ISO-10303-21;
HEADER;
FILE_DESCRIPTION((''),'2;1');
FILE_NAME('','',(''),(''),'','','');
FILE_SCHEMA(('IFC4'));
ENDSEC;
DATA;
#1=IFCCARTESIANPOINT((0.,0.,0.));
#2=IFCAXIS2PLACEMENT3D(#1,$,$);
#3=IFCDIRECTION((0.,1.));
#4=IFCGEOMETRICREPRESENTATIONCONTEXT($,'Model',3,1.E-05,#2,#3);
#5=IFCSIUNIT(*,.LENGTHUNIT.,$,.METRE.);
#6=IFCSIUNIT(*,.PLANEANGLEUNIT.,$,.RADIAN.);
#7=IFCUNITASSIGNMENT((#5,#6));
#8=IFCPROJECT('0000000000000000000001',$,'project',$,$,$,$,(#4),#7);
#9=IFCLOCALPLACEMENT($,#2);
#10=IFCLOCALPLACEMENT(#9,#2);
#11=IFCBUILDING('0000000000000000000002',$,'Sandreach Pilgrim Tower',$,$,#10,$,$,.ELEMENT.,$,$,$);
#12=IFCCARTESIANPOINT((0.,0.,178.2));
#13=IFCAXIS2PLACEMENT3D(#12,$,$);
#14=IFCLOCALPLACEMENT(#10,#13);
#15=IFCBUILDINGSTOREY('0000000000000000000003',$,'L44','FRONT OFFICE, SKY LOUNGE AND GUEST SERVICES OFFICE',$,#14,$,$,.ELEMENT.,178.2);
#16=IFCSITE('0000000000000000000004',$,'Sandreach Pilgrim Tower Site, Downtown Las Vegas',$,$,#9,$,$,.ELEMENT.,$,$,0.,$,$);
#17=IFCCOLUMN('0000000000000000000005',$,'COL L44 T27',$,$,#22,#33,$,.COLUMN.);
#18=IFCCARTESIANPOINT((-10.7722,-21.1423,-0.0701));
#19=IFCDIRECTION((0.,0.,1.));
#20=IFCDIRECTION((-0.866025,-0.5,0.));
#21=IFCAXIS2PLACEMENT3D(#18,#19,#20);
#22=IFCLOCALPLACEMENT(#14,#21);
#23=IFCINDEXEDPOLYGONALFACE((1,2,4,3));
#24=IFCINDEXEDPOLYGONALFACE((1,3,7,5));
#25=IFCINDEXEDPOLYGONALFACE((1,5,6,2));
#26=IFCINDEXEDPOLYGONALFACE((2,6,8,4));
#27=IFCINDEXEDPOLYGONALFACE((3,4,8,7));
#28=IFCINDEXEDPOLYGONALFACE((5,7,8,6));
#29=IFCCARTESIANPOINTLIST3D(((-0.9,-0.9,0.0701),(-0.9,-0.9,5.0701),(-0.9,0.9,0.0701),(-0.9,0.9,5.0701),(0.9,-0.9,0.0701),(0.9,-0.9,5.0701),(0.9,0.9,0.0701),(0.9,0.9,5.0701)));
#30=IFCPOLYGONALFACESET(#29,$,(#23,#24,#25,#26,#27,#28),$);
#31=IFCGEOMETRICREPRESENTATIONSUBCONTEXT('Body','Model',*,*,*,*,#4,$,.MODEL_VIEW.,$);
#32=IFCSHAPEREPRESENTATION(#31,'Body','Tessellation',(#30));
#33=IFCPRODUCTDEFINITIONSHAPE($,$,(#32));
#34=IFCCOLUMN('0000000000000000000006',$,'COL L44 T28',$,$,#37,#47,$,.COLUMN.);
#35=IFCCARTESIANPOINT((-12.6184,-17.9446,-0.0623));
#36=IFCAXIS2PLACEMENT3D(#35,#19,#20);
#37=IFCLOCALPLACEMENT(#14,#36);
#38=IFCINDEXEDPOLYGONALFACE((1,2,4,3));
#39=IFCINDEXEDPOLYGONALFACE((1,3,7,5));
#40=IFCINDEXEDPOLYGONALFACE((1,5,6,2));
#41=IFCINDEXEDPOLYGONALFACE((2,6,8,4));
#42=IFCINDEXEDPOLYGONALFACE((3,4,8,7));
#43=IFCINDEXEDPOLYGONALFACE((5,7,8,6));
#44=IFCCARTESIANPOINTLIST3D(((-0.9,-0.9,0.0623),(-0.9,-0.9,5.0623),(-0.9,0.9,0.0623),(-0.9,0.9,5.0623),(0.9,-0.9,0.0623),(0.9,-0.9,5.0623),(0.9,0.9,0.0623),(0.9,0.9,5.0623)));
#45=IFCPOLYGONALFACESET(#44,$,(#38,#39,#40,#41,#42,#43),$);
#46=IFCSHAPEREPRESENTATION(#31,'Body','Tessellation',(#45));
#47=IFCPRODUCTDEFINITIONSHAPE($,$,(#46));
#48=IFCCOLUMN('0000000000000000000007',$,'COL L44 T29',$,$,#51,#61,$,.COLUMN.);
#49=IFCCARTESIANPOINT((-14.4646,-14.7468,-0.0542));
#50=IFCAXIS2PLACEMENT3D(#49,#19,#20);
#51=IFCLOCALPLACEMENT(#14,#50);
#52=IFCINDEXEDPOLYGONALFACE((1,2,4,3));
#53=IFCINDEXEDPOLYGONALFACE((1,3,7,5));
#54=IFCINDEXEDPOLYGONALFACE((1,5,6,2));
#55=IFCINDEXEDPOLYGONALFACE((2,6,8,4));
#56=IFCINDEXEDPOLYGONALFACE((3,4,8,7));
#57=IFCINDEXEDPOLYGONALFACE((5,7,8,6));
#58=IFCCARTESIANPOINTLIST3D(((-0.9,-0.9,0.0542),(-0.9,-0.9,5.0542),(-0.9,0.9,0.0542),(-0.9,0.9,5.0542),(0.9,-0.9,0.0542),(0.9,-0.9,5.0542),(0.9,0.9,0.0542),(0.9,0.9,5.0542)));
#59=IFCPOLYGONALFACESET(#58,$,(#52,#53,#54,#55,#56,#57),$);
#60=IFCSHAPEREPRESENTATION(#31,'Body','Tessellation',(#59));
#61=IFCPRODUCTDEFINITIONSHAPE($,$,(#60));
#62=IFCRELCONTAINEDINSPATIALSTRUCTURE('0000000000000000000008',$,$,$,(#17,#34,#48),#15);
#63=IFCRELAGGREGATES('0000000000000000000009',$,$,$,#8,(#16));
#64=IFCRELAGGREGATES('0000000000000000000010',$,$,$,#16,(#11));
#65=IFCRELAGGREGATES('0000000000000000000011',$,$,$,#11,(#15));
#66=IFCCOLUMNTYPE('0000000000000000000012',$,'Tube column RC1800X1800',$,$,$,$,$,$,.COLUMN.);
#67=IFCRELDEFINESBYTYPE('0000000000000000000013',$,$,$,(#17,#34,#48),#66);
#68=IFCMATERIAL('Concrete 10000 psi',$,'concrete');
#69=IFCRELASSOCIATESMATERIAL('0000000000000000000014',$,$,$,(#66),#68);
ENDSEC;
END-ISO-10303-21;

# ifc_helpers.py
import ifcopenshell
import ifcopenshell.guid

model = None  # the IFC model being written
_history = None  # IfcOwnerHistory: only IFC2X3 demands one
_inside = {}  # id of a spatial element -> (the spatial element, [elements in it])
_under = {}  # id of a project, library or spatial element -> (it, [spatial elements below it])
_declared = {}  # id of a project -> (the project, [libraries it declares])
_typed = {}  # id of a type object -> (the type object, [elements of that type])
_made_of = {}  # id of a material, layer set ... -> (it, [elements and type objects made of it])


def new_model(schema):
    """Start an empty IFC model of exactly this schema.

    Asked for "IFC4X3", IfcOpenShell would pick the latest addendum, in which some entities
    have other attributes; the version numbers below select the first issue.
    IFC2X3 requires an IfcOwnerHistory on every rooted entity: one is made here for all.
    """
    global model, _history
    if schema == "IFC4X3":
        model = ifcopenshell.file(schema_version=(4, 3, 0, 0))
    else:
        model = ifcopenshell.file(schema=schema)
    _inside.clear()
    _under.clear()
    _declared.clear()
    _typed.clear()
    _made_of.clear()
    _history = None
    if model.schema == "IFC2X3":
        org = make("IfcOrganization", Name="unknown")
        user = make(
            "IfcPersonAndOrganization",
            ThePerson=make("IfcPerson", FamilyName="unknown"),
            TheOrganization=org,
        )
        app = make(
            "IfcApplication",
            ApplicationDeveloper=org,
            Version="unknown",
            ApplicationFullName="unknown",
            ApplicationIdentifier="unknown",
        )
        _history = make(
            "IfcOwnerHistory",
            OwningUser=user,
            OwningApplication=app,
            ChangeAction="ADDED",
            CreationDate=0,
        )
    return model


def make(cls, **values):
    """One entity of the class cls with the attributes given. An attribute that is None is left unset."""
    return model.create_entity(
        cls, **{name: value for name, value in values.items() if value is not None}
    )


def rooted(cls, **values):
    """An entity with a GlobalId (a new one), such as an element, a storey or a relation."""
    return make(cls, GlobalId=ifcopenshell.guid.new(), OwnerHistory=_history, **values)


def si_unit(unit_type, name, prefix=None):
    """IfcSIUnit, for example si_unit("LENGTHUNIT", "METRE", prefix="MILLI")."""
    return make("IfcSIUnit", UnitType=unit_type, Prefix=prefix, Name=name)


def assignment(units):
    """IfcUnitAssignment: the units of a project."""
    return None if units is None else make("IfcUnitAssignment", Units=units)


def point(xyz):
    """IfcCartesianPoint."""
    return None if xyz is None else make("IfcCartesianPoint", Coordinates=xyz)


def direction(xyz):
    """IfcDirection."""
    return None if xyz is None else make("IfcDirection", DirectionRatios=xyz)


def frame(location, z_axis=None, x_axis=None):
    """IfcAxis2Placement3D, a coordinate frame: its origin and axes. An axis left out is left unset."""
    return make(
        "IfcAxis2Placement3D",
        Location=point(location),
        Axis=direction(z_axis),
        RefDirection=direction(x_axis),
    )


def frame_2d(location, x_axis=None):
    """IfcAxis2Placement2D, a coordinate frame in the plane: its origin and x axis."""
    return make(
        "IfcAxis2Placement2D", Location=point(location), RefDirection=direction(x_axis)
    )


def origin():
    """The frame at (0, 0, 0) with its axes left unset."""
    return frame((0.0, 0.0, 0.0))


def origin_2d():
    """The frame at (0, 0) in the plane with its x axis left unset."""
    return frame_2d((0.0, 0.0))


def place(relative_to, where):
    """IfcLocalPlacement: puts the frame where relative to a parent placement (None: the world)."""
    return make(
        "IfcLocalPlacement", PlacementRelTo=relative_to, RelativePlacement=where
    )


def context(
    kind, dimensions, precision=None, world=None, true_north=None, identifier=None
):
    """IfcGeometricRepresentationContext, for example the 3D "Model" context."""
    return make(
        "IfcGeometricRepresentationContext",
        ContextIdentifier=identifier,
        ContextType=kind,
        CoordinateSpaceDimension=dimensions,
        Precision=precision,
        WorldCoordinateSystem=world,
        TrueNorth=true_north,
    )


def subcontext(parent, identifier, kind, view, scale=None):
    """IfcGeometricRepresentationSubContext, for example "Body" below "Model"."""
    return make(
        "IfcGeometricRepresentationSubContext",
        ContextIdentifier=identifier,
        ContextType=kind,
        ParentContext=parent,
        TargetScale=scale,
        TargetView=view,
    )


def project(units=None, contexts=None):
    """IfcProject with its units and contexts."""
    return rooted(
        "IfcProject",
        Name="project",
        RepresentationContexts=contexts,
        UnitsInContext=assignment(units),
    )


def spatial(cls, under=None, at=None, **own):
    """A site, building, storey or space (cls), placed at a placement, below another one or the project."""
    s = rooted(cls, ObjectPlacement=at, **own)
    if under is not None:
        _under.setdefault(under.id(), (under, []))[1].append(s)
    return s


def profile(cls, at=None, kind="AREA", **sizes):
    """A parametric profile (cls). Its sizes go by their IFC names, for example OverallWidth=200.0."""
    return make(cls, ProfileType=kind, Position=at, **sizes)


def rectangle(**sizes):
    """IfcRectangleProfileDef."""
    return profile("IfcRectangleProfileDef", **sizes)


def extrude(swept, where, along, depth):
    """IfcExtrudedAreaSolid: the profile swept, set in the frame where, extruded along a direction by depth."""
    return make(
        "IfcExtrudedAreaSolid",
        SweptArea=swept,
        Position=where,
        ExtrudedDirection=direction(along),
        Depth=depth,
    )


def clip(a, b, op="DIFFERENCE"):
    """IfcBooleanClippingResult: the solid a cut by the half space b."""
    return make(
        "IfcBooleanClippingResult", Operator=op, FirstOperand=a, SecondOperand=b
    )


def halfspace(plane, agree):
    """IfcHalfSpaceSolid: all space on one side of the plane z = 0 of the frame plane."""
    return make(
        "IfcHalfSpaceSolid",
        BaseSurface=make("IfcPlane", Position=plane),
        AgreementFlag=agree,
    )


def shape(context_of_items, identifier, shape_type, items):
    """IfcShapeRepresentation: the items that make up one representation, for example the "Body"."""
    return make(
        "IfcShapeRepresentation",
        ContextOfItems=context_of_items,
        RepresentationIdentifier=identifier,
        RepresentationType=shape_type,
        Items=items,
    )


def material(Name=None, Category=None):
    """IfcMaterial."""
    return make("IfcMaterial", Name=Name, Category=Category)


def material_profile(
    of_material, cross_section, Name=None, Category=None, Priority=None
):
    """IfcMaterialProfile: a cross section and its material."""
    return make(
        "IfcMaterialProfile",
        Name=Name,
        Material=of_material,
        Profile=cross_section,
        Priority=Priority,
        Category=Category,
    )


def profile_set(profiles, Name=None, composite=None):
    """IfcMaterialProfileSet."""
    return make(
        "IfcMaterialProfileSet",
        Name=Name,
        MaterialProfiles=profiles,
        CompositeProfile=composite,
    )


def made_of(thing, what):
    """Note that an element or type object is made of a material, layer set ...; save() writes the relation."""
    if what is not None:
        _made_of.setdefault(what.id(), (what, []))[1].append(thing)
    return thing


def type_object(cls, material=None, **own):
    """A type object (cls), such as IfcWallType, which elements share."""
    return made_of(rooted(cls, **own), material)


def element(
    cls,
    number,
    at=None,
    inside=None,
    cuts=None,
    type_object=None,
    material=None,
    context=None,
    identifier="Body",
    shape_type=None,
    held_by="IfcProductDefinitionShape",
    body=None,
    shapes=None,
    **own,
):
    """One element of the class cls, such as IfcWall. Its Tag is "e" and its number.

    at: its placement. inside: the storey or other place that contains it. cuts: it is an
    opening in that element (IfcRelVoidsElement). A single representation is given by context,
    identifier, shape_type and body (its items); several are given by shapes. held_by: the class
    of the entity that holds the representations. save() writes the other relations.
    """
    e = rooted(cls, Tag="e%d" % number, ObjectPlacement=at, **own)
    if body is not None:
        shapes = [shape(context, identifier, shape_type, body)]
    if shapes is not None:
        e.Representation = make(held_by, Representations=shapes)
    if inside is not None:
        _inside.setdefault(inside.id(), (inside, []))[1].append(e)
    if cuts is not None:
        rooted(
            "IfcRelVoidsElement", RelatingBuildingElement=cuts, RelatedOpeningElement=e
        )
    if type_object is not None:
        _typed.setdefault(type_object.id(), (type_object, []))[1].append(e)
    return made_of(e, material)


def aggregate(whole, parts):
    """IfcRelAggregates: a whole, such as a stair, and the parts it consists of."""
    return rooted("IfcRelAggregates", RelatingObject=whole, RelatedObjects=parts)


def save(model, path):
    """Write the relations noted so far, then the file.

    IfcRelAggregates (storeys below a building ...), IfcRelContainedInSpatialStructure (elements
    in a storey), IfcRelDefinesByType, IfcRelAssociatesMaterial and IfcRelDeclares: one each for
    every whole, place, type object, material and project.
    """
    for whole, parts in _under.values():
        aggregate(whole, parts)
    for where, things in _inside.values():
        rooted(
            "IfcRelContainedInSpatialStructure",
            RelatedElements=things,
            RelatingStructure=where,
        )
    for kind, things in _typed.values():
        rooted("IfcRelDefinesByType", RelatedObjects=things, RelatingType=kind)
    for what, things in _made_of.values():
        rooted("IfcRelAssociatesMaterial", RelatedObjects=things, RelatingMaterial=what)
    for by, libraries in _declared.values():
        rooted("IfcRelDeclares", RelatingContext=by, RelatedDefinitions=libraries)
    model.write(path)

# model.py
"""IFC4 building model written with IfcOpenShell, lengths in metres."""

from ifc_helpers import new_model, si_unit, direction, frame, origin, origin_2d, place, context, subcontext, project, spatial, rectangle, extrude, clip, halfspace, material, material_profile, profile_set, type_object, element, save


model = new_model("IFC4")

# Units and contexts
model_context = context("Model", 3, precision=1e-05, world=origin(), true_north=direction((0.0, 1.0)))
body_context = subcontext(model_context, "Body", "Model", "MODEL_VIEW")
ifc_project = project(units=[si_unit("LENGTHUNIT", "METRE"), si_unit("PLANEANGLEUNIT", "RADIAN")], contexts=[model_context])

# Site, building, storey
site_placement = place(None, origin())
site = spatial("IfcSite", under=ifc_project, at=site_placement, Name="Sandreach Pilgrim Tower Site, Downtown Las Vegas", CompositionType="ELEMENT", RefElevation=0.0)
building_placement = place(site_placement, origin())
building = spatial("IfcBuilding", under=site, at=building_placement, Name="Sandreach Pilgrim Tower", CompositionType="ELEMENT")
storey_placement = place(building_placement, frame((0.0, 0.0, 178.2)))
storey = spatial("IfcBuildingStorey", under=building, at=storey_placement, Name="L44", Description="FRONT OFFICE, SKY LOUNGE AND GUEST SERVICES OFFICE", CompositionType="ELEMENT", Elevation=178.2)

# Columns
ifc_material_1 = material(Name="Concrete 10000 psi", Category="concrete")
ifc_material_profile_1 = material_profile(ifc_material_1, rectangle(XDim=1.8, YDim=1.8, at=origin_2d()), Name="RC1800X1800")
ifc_profile_set_1 = profile_set([ifc_material_profile_1], Name="Concrete 10000 psi")
column_type = type_object("IfcColumnType", Name="Tube column RC1800X1800", PredefinedType="COLUMN", material=ifc_profile_set_1)
column_1_placement = place(storey_placement, frame((-10.7722, -21.1423, -0.0701), z_axis=(0.0, 0.0, 1.0), x_axis=(-0.866025, -0.5, 0.0)))
element("IfcColumn", 1, at=column_1_placement, inside=storey, type_object=column_type, Name="COL L44 T27", PredefinedType="COLUMN", context=body_context, shape_type="SweptSolid", body=[
    clip(extrude(rectangle(XDim=1.8, YDim=1.8, at=origin_2d()), origin(), (0.0, 0.0, 1.0), 5.0701), halfspace(frame((0.0, 0.0, 0.0701)), True)),
])
column_2_placement = place(storey_placement, frame((-12.6184, -17.9446, -0.0623), z_axis=(0.0, 0.0, 1.0), x_axis=(-0.866025, -0.5, 0.0)))
element("IfcColumn", 2, at=column_2_placement, inside=storey, type_object=column_type, Name="COL L44 T28", PredefinedType="COLUMN", context=body_context, shape_type="SweptSolid", body=[
    clip(extrude(rectangle(XDim=1.8, YDim=1.8, at=origin_2d()), origin(), (0.0, 0.0, 1.0), 5.0623), halfspace(frame((0.0, 0.0, 0.0623)), True)),
])
column_3_placement = place(storey_placement, frame((-14.4646, -14.7468, -0.0542), z_axis=(0.0, 0.0, 1.0), x_axis=(-0.866025, -0.5, 0.0)))
element("IfcColumn", 3, at=column_3_placement, inside=storey, type_object=column_type, Name="COL L44 T29", PredefinedType="COLUMN", context=body_context, shape_type="SweptSolid", body=[
    clip(extrude(rectangle(XDim=1.8, YDim=1.8, at=origin_2d()), origin(), (0.0, 0.0, 1.0), 5.0542), halfspace(frame((0.0, 0.0, 0.0542)), True)),
])

save(model, "model.ifc")
